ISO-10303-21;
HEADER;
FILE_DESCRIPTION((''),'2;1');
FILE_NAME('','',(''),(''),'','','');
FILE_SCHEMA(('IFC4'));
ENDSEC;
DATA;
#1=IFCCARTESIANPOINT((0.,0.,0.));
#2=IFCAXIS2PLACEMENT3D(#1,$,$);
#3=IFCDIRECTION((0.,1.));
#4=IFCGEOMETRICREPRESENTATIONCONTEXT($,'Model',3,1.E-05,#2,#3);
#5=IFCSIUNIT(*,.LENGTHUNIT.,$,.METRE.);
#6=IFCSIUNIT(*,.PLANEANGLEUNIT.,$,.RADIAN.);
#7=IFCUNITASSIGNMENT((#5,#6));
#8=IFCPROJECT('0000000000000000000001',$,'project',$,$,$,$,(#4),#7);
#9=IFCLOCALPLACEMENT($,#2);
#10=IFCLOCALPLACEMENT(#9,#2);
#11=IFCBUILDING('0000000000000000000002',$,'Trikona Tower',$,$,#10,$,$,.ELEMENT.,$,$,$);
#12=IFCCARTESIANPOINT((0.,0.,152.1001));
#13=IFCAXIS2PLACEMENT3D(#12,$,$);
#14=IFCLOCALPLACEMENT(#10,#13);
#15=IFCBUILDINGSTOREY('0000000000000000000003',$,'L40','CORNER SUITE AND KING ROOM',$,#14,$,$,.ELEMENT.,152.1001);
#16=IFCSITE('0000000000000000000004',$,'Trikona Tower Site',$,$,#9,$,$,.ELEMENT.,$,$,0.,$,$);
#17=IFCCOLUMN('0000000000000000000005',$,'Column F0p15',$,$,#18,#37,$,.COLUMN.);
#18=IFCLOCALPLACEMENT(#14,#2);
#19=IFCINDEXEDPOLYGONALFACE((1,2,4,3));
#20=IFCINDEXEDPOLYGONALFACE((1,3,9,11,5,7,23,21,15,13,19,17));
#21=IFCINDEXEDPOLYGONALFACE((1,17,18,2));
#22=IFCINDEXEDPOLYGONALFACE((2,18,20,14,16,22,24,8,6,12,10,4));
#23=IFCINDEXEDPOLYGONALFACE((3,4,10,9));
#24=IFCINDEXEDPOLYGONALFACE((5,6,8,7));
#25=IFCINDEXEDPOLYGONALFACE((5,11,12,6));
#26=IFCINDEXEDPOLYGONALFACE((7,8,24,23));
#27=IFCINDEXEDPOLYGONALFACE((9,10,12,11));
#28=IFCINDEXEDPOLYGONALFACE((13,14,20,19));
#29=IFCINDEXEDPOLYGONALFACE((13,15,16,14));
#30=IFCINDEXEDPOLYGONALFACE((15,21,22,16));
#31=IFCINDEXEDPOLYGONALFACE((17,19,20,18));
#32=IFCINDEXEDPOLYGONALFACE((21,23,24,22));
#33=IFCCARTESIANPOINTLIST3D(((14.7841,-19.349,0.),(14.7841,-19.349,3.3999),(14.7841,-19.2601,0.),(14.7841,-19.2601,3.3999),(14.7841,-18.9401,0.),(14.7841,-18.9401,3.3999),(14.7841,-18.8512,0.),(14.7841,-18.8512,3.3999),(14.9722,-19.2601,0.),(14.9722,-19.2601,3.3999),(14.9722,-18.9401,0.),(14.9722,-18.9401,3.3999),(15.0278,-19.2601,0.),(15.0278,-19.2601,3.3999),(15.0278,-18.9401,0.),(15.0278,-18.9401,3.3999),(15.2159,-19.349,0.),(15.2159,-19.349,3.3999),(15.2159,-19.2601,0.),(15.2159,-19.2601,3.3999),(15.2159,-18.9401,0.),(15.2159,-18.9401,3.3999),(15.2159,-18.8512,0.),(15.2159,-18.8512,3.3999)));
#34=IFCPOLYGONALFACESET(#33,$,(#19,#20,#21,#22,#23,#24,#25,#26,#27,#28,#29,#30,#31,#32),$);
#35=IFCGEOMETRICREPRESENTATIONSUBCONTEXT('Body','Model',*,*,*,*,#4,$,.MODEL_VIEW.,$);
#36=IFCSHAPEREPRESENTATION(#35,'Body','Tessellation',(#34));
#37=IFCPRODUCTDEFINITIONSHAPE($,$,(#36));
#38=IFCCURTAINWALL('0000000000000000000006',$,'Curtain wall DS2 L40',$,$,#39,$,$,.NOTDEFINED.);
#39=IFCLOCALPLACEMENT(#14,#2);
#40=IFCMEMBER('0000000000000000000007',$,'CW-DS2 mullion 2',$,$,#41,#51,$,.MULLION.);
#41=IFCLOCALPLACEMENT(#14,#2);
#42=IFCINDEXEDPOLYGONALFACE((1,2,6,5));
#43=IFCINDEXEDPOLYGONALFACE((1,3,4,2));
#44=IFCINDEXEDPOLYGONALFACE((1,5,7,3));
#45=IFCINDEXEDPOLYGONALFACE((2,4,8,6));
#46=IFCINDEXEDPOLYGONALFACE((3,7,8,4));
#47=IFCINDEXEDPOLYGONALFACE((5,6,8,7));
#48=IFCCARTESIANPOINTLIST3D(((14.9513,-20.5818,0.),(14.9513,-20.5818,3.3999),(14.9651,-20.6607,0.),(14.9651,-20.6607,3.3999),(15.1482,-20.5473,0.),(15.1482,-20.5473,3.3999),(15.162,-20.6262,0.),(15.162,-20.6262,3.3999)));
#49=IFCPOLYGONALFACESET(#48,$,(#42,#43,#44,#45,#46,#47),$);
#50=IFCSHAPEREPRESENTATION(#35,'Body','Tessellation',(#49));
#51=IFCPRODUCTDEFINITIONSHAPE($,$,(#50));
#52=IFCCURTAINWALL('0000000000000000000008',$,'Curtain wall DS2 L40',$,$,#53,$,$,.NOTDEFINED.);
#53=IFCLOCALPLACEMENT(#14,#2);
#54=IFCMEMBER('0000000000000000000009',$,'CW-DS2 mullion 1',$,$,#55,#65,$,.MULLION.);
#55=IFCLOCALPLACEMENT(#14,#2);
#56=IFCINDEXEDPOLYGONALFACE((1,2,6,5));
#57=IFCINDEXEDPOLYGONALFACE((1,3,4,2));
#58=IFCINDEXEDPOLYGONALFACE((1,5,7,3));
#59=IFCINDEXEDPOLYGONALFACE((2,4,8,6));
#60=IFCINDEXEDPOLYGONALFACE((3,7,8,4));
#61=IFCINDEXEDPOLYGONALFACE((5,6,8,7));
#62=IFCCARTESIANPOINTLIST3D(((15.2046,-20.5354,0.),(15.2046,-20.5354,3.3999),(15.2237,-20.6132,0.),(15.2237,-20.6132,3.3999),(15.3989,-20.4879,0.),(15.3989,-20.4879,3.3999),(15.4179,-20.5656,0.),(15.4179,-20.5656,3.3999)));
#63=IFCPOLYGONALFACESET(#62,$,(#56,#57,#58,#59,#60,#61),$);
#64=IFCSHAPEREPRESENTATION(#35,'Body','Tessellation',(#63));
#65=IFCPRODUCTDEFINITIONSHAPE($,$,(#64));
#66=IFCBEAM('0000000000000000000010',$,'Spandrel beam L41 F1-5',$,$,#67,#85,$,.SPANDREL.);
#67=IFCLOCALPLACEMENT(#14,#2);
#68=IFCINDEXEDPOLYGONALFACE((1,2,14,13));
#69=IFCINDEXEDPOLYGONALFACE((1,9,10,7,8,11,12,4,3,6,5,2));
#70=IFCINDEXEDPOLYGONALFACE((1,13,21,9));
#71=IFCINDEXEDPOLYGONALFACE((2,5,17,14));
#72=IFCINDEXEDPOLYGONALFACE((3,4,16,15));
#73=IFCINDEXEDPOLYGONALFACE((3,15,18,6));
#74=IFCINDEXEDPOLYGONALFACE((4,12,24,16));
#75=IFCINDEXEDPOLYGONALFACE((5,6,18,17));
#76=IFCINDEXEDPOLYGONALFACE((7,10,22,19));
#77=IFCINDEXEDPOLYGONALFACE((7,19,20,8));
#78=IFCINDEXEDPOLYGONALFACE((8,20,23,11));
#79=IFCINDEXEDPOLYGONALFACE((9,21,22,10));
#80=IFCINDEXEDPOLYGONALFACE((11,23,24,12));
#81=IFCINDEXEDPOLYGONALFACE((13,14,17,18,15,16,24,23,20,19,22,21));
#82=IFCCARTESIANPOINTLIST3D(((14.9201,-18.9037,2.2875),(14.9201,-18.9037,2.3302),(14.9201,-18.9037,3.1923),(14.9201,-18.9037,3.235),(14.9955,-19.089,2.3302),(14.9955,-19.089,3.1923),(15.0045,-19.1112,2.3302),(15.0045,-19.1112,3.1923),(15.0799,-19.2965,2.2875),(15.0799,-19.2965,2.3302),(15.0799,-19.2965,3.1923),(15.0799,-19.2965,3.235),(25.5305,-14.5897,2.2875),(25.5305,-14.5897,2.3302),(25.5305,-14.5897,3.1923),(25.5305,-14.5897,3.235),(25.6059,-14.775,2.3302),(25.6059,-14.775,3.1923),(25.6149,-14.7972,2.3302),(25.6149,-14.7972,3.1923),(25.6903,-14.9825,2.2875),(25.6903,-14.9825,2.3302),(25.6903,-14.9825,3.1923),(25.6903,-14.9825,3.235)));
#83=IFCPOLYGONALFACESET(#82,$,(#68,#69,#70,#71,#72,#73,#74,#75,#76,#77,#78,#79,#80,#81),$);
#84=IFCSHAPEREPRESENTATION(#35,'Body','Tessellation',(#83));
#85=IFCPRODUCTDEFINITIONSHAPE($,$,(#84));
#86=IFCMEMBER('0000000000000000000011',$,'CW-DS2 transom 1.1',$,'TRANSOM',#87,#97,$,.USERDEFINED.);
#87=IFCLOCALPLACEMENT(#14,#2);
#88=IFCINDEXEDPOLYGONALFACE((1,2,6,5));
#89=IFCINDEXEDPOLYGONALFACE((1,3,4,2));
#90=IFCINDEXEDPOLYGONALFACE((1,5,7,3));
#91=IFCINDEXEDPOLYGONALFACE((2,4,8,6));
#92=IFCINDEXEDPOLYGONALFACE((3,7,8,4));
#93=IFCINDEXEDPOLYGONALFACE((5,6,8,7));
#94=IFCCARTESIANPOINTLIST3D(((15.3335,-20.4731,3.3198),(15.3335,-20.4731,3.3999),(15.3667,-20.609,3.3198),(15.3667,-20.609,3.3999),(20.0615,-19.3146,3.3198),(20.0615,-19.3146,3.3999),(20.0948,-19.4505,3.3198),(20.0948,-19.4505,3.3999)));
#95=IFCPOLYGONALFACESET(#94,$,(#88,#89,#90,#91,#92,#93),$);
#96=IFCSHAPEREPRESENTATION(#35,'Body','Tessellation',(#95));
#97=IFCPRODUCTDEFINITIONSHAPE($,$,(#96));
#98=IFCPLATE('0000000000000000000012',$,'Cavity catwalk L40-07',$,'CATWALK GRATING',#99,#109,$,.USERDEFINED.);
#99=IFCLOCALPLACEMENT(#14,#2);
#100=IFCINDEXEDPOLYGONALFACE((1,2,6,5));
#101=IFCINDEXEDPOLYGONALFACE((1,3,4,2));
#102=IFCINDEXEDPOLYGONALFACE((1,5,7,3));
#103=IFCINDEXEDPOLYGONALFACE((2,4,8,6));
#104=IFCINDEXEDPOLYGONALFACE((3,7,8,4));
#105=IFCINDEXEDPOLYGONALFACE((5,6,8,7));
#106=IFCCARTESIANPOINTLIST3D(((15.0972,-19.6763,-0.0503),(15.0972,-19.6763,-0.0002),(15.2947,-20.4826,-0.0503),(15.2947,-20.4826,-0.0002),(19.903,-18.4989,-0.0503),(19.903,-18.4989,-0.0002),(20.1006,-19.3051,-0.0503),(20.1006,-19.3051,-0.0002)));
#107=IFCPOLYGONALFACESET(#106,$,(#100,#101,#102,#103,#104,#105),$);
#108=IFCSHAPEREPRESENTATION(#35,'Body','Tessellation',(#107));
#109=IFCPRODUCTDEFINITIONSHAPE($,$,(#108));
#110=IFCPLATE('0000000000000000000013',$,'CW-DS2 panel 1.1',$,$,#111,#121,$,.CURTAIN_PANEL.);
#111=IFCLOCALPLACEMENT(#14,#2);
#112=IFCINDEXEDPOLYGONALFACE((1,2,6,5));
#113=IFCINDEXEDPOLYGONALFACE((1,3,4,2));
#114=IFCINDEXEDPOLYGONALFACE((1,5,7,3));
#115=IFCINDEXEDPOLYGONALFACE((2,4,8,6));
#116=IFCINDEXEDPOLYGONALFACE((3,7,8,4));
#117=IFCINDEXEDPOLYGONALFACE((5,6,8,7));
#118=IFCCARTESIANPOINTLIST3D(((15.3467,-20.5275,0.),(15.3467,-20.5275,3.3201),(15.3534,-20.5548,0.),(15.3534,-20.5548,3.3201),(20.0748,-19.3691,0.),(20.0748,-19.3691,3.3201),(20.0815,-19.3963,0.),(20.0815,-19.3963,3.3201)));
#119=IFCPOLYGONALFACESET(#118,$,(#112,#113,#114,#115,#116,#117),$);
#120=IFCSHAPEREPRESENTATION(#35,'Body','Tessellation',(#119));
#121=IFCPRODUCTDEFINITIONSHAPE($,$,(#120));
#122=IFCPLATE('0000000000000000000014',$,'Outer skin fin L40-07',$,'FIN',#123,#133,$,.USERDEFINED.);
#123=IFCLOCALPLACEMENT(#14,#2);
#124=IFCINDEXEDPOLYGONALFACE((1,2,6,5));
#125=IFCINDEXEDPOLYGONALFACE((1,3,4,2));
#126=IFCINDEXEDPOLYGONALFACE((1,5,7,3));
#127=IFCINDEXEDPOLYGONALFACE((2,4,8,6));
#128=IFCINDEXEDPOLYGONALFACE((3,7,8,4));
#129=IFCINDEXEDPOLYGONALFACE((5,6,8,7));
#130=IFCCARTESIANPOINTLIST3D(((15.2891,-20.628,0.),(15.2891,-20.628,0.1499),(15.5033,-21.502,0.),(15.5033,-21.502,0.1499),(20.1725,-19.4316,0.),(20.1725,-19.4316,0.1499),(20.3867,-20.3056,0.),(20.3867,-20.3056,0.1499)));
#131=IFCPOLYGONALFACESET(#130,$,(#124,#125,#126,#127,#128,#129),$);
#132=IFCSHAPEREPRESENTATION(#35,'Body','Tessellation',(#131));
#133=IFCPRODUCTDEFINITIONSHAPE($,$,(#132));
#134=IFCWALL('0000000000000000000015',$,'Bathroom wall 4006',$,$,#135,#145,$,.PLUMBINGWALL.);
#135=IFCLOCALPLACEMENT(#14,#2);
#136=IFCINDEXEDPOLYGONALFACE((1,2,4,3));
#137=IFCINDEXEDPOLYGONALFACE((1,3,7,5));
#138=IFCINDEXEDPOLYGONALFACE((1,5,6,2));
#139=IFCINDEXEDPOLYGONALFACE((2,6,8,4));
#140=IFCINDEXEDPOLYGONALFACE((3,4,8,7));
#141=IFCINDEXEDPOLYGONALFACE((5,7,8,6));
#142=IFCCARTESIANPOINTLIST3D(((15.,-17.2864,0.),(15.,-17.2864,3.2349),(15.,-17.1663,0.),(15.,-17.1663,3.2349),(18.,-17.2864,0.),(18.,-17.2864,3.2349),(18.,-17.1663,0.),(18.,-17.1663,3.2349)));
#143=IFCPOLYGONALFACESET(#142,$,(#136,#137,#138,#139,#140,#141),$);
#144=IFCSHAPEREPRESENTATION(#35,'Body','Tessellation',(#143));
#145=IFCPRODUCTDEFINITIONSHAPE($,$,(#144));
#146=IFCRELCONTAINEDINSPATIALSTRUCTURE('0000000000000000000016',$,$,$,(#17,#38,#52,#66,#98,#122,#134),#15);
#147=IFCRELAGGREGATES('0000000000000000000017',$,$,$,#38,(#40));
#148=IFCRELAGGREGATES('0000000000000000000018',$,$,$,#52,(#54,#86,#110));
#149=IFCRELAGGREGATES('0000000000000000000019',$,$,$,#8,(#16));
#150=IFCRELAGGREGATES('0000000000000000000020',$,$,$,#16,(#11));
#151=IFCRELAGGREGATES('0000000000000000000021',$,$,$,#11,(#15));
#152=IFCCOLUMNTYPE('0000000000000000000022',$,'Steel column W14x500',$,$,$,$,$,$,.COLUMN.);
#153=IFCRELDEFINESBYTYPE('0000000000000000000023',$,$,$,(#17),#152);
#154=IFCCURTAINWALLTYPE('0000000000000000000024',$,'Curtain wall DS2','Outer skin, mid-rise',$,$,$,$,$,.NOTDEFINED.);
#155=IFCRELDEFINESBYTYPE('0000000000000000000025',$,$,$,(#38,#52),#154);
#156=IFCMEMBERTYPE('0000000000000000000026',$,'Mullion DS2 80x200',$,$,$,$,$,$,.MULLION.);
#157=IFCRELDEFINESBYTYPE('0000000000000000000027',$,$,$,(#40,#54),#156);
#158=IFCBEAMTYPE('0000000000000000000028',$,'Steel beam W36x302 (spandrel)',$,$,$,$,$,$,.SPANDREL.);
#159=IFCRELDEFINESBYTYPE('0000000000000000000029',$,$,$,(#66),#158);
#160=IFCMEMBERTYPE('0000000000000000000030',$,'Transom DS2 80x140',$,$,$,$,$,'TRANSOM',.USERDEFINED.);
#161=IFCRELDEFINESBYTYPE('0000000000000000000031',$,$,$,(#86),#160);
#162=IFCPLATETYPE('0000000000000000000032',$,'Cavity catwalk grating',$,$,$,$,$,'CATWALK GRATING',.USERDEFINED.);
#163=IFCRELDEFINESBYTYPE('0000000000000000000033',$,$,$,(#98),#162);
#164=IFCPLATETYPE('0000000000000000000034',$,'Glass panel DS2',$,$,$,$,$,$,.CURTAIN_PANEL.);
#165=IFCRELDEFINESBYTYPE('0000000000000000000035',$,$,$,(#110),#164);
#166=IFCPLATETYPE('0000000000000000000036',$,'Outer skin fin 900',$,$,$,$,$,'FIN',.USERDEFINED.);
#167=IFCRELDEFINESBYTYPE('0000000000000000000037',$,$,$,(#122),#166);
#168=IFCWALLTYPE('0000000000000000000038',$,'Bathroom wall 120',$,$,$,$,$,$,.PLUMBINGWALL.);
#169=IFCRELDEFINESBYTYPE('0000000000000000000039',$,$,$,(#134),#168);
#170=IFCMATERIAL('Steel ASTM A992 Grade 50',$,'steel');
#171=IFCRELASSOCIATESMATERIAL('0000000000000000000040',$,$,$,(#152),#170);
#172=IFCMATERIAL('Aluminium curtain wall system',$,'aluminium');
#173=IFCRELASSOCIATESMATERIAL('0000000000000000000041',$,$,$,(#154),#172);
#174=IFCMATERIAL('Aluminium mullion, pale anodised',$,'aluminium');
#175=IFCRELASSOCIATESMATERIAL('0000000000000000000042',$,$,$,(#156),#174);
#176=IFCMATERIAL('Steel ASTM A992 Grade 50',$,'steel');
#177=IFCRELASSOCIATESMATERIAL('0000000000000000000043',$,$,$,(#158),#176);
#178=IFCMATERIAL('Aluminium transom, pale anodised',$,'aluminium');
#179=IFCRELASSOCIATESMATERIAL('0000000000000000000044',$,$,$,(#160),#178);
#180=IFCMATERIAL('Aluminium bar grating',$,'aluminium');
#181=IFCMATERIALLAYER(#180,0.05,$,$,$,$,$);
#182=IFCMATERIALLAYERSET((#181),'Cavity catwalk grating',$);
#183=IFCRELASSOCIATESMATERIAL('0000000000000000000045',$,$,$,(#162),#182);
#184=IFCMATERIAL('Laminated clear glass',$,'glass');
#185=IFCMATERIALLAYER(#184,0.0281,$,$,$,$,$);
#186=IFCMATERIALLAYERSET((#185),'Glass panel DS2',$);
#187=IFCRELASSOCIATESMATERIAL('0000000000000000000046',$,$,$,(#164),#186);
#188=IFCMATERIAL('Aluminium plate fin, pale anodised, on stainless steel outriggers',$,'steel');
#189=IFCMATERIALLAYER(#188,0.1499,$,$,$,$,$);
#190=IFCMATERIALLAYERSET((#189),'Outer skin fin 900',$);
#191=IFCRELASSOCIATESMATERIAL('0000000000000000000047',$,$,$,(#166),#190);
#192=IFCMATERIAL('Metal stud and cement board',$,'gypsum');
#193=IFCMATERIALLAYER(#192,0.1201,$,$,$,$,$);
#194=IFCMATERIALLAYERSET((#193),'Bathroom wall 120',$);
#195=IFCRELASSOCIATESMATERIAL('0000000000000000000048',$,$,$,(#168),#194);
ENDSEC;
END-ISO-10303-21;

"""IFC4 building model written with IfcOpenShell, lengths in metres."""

from ifc_helpers import new_model, si_unit, direction, frame, frame_2d, origin, origin_2d, place, context, subcontext, project, spatial, rectangle, i_section, extrude, material, layer, layer_set, material_profile, profile_set, type_object, element, aggregate, save


model = new_model("IFC4")

# Units and contexts
model_context = context("Model", 3, precision=1e-05, world=origin(), true_north=direction((0.0, 1.0)))
body_context = subcontext(model_context, "Body", "Model", "MODEL_VIEW")
ifc_project = project(units=[si_unit("LENGTHUNIT", "METRE"), si_unit("PLANEANGLEUNIT", "RADIAN")], contexts=[model_context])

# Site, building, storey
site_placement = place(None, origin())
site = spatial("IfcSite", under=ifc_project, at=site_placement, Name="Trikona Tower Site", CompositionType="ELEMENT", RefElevation=0.0)
building_placement = place(site_placement, origin())
building = spatial("IfcBuilding", under=site, at=building_placement, Name="Trikona Tower", CompositionType="ELEMENT")
storey_placement = place(building_placement, frame((0.0, 0.0, 152.1001)))
storey = spatial("IfcBuildingStorey", under=building, at=storey_placement, Name="L40", Description="CORNER SUITE AND KING ROOM", CompositionType="ELEMENT", Elevation=152.1001)

# Column
ifc_material_1 = material(Name="Steel ASTM A992 Grade 50", Category="steel")
ifc_material_profile_1 = material_profile(ifc_material_1, i_section(OverallWidth=0.4319, OverallDepth=0.4978, WebThickness=0.0557, FlangeThickness=0.0889, at=origin_2d()), Name="W14X500")
ifc_profile_set_1 = profile_set([ifc_material_profile_1], Name="Steel ASTM A992 Grade 50")
column_type = type_object("IfcColumnType", Name="Steel column W14x500", PredefinedType="COLUMN", material=ifc_profile_set_1)
column_placement = place(storey_placement, frame((15.0, -19.1001, 0.0), z_axis=(0.0, 0.0, 1.0), x_axis=(1.0, 0.0, 0.0)))
element("IfcColumn", 1, at=column_placement, inside=storey, type_object=column_type, Name="Column F0p15", PredefinedType="COLUMN", context=body_context, shape_type="SweptSolid", body=[
    extrude(i_section(OverallWidth=0.4319, OverallDepth=0.4978, WebThickness=0.0557, FlangeThickness=0.0889, at=origin_2d()), origin(), (0.0, 0.0, 1.0), 3.3999),
])

# Curtain walls, members
ifc_material_2 = material(Name="Aluminium curtain wall system", Category="aluminium")
curtain_wall_type = type_object("IfcCurtainWallType", Name="Curtain wall DS2", Description="Outer skin, mid-rise", PredefinedType="NOTDEFINED", material=ifc_material_2)
curtain_wall_1_placement = place(storey_placement, origin())
curtain_wall_1 = element("IfcCurtainWall", 2, at=curtain_wall_1_placement, inside=storey, type_object=curtain_wall_type, Name="Curtain wall DS2 L40", PredefinedType="NOTDEFINED")
ifc_material_3 = material(Name="Aluminium mullion, pale anodised", Category="aluminium")
ifc_material_profile_2 = material_profile(ifc_material_3, rectangle(XDim=0.0801, YDim=0.2, at=origin_2d()), Name="MUL-DS2")
ifc_profile_set_2 = profile_set([ifc_material_profile_2], Name="Aluminium mullion, pale anodised")
member_type_1 = type_object("IfcMemberType", Name="Mullion DS2 80x200", PredefinedType="MULLION", material=ifc_profile_set_2)
member_1_placement = place(storey_placement, frame((15.0566, -20.604, 0.0), z_axis=(0.0, 0.0, 1.0), x_axis=(-0.172377, 0.985031, 0.0)))
member_1 = element("IfcMember", 3, at=member_1_placement, type_object=member_type_1, Name="CW-DS2 mullion 2", PredefinedType="MULLION", context=body_context, shape_type="SweptSolid", body=[
    extrude(rectangle(XDim=0.0801, YDim=0.2, at=origin_2d()), origin(), (0.0, 0.0, 1.0), 3.3999),
])
aggregate(curtain_wall_1, [member_1])
curtain_wall_2_placement = place(storey_placement, origin())
curtain_wall_2 = element("IfcCurtainWall", 4, at=curtain_wall_2_placement, inside=storey, type_object=curtain_wall_type, Name="Curtain wall DS2 L40", PredefinedType="NOTDEFINED")
member_2_placement = place(storey_placement, frame((15.3113, -20.5505, 0.0), z_axis=(0.0, 0.0, 1.0), x_axis=(-0.23797, 0.971272, 0.0)))
member_2 = element("IfcMember", 5, at=member_2_placement, type_object=member_type_1, Name="CW-DS2 mullion 1", PredefinedType="MULLION", context=body_context, shape_type="SweptSolid", body=[
    extrude(rectangle(XDim=0.0801, YDim=0.2, at=origin_2d()), origin(), (0.0, 0.0, 1.0), 3.3999),
])

# Beam
ifc_material_4 = material(Name="Steel ASTM A992 Grade 50", Category="steel")
ifc_material_profile_3 = material_profile(ifc_material_4, i_section(OverallWidth=0.4241, OverallDepth=0.9475, WebThickness=0.0239, FlangeThickness=0.0427, at=origin_2d()), Name="W36X302")
ifc_profile_set_3 = profile_set([ifc_material_profile_3], Name="Steel ASTM A992 Grade 50")
beam_type = type_object("IfcBeamType", Name="Steel beam W36x302 (spandrel)", PredefinedType="SPANDREL", material=ifc_profile_set_3)
beam_placement = place(storey_placement, frame((15.0, -19.1001, 2.7612), z_axis=(0.92636, 0.37664, 0.0), x_axis=(-0.37664, 0.92636, 0.0)))
element("IfcBeam", 6, at=beam_placement, inside=storey, type_object=beam_type, Name="Spandrel beam L41 F1-5", PredefinedType="SPANDREL", context=body_context, shape_type="SweptSolid", body=[
    extrude(i_section(OverallWidth=0.4241, OverallDepth=0.9475, WebThickness=0.0239, FlangeThickness=0.0427, at=origin_2d()), origin(), (0.0, 0.0, 1.0), 11.4539),
])

# Member
ifc_material_5 = material(Name="Aluminium transom, pale anodised", Category="aluminium")
ifc_material_profile_4 = material_profile(ifc_material_5, rectangle(XDim=0.1399, YDim=0.0801, at=origin_2d()), Name="TRN-DS2")
ifc_profile_set_4 = profile_set([ifc_material_profile_4], Name="Aluminium transom, pale anodised")
member_type_2 = type_object("IfcMemberType", Name="Transom DS2 80x140", ElementType="TRANSOM", PredefinedType="USERDEFINED", material=ifc_profile_set_4)
member_3_placement = place(storey_placement, frame((15.3501, -20.541, 3.3599), z_axis=(0.971271, 0.237978, 0.0), x_axis=(-0.237978, 0.971271, 0.0)))
member_3 = element("IfcMember", 7, at=member_3_placement, type_object=member_type_2, Name="CW-DS2 transom 1.1", ObjectType="TRANSOM", PredefinedType="USERDEFINED", context=body_context, shape_type="SweptSolid", body=[
    extrude(rectangle(XDim=0.1399, YDim=0.0801, at=origin_2d()), origin(), (0.0, 0.0, 1.0), 4.8679),
])

# Plates
ifc_material_6 = material(Name="Aluminium bar grating", Category="aluminium")
ifc_layer_1 = layer(ifc_material_6, 0.05)
ifc_layer_set_1 = layer_set([ifc_layer_1], Name="Cavity catwalk grating")
plate_type_1 = type_object("IfcPlateType", Name="Cavity catwalk grating", ElementType="CATWALK GRATING", PredefinedType="USERDEFINED", material=ifc_layer_set_1)
plate_1_placement = place(storey_placement, frame((17.5989, -19.4907, -0.0503), z_axis=(0.0, 0.0, 1.0), x_axis=(0.971274, 0.237962, 0.0)))
element("IfcPlate", 8, at=plate_1_placement, inside=storey, type_object=plate_type_1, Name="Cavity catwalk L40-07", ObjectType="CATWALK GRATING", PredefinedType="USERDEFINED", context=body_context, shape_type="SweptSolid", body=[
    extrude(rectangle(XDim=4.948, YDim=0.8301, at=origin_2d()), origin(), (0.0, 0.0, 1.0), 0.05),
])
ifc_material_7 = material(Name="Laminated clear glass", Category="glass")
ifc_layer_2 = layer(ifc_material_7, 0.0281)
ifc_layer_set_2 = layer_set([ifc_layer_2], Name="Glass panel DS2")
plate_type_2 = type_object("IfcPlateType", Name="Glass panel DS2", PredefinedType="CURTAIN_PANEL", material=ifc_layer_set_2)
plate_2_placement = place(storey_placement, frame((17.7141, -19.9619, 0.0), z_axis=(0.0, 0.0, 1.0), x_axis=(0.971272, 0.23797, 0.0)))
plate_2 = element("IfcPlate", 9, at=plate_2_placement, type_object=plate_type_2, Name="CW-DS2 panel 1.1", PredefinedType="CURTAIN_PANEL", context=body_context, shape_type="SweptSolid", body=[
    extrude(rectangle(XDim=4.8679, YDim=0.0281, at=origin_2d()), origin(), (0.0, 0.0, 1.0), 3.3201),
])
aggregate(curtain_wall_2, [member_2, member_3, plate_2])
ifc_material_8 = material(Name="Aluminium plate fin, pale anodised, on stainless steel outriggers", Category="steel")
ifc_layer_3 = layer(ifc_material_8, 0.1499)
ifc_layer_set_3 = layer_set([ifc_layer_3], Name="Outer skin fin 900")
plate_type_3 = type_object("IfcPlateType", Name="Outer skin fin 900", ElementType="FIN", PredefinedType="USERDEFINED", material=ifc_layer_set_3)
plate_3_placement = place(storey_placement, frame((17.8379, -20.4668, 0.0), z_axis=(0.0, 0.0, 1.0), x_axis=(0.971274, 0.237962, 0.0)))
element("IfcPlate", 10, at=plate_3_placement, inside=storey, type_object=plate_type_3, Name="Outer skin fin L40-07", ObjectType="FIN", PredefinedType="USERDEFINED", context=body_context, shape_type="SweptSolid", body=[
    extrude(rectangle(XDim=5.0278, YDim=0.8999, at=origin_2d()), origin(), (0.0, 0.0, 1.0), 0.1499),
])

# Wall
ifc_material_9 = material(Name="Metal stud and cement board", Category="gypsum")
ifc_layer_4 = layer(ifc_material_9, 0.1201)
ifc_layer_set_4 = layer_set([ifc_layer_4], Name="Bathroom wall 120")
wall_type_1 = type_object("IfcWallType", Name="Bathroom wall 120", PredefinedType="PLUMBINGWALL", material=ifc_layer_set_4)
wall_1_placement = place(storey_placement, frame((15.0, -17.2263, 0.0), z_axis=(0.0, 0.0, 1.0), x_axis=(1.0, 0.0, 0.0)))
element("IfcWall", 11, at=wall_1_placement, inside=storey, type_object=wall_type_1, Name="Bathroom wall 4006", PredefinedType="PLUMBINGWALL", context=body_context, shape_type="SweptSolid", body=[
    extrude(rectangle(XDim=3.0, YDim=0.1201, at=frame_2d((1.5, 0.0))), origin(), (0.0, 0.0, 1.0), 3.2349),
])

save(model, "model.ifc")
